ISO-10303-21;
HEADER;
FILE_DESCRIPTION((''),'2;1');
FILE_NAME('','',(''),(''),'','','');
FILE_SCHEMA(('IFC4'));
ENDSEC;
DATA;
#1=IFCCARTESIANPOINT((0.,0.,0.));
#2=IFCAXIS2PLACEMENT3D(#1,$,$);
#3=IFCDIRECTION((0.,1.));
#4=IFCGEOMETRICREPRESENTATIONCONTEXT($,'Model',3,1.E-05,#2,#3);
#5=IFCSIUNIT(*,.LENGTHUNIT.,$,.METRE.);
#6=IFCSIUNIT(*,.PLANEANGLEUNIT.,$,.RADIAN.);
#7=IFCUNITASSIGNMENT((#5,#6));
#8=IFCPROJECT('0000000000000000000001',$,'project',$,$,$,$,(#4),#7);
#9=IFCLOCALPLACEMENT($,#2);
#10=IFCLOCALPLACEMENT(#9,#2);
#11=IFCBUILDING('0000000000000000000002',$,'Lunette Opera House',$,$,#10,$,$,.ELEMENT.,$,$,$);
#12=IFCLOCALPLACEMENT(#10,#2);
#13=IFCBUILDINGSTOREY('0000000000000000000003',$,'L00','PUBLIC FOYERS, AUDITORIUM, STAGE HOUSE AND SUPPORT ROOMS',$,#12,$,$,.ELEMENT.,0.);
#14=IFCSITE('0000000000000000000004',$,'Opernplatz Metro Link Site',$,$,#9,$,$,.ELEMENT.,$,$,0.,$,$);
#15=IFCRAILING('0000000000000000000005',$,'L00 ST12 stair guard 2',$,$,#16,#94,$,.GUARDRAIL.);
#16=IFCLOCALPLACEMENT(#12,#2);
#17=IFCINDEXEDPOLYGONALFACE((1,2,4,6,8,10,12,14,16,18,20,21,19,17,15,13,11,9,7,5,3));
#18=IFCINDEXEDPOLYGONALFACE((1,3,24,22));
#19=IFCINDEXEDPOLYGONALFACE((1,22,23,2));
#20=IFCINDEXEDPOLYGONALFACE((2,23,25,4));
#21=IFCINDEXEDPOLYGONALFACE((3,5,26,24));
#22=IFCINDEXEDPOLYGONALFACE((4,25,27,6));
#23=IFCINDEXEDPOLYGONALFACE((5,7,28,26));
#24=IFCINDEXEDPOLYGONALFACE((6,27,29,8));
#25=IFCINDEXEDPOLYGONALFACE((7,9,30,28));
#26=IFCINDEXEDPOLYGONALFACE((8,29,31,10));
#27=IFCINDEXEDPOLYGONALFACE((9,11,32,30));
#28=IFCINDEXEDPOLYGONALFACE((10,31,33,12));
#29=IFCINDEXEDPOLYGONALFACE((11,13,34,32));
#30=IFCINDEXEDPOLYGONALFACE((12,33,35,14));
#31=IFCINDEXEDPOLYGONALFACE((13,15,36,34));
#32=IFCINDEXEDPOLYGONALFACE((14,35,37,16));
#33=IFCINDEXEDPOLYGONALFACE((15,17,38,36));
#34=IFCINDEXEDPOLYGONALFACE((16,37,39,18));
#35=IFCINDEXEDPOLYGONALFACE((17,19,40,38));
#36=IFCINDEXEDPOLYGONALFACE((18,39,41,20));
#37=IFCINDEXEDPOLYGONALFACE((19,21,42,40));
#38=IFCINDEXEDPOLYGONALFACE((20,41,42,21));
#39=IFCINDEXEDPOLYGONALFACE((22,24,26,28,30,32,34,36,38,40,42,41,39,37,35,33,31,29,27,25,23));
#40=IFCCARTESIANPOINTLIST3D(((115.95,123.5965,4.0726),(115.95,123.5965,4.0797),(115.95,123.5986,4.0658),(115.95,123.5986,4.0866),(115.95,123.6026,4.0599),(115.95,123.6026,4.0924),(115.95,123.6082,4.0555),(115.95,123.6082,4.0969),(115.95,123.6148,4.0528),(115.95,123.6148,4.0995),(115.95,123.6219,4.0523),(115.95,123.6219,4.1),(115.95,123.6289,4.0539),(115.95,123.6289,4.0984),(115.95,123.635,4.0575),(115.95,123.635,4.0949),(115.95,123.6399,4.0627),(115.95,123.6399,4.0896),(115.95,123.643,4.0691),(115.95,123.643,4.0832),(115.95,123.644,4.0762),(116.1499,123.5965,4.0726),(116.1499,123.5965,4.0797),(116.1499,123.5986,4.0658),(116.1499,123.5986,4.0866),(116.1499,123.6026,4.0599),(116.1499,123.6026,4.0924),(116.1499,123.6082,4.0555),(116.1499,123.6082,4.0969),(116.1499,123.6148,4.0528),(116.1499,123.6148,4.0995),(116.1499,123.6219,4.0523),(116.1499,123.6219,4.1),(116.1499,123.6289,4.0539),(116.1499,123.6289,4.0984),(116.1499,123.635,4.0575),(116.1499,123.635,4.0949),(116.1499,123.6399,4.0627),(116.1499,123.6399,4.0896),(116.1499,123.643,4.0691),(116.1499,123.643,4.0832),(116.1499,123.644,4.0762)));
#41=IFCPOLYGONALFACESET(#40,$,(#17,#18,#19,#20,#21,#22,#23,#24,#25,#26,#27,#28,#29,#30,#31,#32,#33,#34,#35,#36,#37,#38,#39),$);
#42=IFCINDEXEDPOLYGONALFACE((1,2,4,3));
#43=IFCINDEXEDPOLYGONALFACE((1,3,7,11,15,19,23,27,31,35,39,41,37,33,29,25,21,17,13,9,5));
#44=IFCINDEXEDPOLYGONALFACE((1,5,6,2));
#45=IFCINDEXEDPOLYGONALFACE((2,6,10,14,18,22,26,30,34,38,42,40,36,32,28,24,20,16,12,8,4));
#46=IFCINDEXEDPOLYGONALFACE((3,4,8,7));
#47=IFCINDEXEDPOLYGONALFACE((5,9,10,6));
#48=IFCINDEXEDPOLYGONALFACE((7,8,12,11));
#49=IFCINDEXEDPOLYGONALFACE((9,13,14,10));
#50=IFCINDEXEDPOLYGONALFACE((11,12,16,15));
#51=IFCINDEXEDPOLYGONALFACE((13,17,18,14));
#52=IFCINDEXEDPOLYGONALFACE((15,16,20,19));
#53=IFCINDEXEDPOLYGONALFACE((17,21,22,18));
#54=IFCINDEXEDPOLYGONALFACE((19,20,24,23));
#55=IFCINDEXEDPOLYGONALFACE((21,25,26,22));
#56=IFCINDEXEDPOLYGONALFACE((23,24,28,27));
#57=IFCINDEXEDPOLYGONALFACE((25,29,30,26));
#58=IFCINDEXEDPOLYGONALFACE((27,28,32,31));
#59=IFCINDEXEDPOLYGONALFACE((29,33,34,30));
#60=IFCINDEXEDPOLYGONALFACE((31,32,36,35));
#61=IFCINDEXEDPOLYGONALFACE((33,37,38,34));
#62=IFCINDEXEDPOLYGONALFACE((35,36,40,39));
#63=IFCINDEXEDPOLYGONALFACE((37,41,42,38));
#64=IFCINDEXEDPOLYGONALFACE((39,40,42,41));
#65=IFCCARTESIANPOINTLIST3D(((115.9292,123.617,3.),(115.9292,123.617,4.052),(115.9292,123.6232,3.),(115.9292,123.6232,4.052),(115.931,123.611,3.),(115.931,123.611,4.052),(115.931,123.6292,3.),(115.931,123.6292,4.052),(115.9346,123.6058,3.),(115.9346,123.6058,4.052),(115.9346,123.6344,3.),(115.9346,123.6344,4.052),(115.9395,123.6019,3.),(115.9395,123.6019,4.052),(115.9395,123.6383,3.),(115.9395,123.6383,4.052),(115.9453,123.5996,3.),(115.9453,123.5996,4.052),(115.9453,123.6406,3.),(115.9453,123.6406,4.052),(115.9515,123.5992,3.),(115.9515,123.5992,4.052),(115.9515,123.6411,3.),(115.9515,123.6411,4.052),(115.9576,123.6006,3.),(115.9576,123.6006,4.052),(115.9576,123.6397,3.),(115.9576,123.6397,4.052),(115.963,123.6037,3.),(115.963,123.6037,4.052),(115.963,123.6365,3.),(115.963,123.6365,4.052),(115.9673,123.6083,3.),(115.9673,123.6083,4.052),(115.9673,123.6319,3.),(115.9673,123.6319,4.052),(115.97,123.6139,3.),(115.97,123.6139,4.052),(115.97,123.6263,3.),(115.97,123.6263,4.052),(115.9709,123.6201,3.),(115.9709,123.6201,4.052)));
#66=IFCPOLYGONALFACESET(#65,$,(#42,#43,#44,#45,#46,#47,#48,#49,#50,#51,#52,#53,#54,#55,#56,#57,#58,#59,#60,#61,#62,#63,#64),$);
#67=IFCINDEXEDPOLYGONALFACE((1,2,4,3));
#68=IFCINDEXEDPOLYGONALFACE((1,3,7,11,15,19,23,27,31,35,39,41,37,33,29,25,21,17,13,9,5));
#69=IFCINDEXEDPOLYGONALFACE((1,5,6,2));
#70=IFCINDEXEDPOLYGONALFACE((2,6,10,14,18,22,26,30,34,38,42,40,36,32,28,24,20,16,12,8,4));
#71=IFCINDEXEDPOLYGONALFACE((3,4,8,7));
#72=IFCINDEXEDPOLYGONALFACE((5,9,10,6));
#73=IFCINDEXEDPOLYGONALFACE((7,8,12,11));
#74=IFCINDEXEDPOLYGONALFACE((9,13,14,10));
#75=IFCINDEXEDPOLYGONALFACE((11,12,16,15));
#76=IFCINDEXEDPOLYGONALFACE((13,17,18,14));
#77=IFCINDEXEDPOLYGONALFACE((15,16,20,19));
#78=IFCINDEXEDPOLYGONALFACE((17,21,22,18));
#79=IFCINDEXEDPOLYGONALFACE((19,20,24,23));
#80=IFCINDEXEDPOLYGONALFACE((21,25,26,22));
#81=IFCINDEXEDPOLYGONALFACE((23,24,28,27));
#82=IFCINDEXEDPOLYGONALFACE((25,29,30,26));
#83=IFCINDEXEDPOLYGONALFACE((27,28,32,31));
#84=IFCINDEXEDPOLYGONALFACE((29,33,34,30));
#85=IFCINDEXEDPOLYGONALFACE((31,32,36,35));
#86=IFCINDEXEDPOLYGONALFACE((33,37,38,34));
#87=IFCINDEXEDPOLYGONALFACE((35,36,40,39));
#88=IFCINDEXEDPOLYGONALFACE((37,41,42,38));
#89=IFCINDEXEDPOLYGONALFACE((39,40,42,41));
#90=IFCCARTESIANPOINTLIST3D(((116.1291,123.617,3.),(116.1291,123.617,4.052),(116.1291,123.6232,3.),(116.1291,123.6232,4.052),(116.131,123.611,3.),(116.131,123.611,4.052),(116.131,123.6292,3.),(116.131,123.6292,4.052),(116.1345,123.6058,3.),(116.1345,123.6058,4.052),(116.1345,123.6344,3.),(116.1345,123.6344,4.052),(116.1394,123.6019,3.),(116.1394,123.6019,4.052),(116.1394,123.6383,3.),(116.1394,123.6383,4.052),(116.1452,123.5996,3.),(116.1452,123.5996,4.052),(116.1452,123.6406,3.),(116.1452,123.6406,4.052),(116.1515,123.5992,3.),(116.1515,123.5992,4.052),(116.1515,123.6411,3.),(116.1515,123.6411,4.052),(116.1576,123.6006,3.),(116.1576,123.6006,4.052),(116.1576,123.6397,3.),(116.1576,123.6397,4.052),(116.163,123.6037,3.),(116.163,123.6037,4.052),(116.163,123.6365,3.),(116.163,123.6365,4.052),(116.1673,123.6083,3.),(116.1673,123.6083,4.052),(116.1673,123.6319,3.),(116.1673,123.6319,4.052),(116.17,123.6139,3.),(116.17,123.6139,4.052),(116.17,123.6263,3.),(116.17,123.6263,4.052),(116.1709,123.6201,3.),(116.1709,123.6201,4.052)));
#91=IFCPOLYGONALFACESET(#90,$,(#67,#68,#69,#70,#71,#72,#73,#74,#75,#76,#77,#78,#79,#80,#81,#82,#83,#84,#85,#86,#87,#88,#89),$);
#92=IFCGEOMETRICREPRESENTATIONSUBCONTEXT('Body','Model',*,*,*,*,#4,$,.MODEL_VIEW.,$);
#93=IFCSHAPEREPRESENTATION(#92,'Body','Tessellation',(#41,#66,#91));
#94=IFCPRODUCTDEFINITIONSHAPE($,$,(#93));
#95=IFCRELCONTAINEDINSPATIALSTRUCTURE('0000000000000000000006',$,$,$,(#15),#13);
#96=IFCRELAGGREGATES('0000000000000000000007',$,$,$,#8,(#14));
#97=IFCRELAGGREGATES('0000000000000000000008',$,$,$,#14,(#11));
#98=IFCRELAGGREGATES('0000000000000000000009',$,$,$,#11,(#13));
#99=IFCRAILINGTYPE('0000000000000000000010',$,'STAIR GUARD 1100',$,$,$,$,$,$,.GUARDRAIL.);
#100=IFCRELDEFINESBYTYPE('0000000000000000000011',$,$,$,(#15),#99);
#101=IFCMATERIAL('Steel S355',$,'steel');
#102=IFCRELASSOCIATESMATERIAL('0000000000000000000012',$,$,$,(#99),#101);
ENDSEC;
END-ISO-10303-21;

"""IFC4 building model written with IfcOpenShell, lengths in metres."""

from ifc_helpers import new_model, si_unit, direction, frame, origin, origin_2d, place, context, subcontext, project, spatial, circle, extrude, material, type_object, element, save


model = new_model("IFC4")

# Units and contexts
model_context = context("Model", 3, precision=1e-05, world=origin(), true_north=direction((0.0, 1.0)))
body_context = subcontext(model_context, "Body", "Model", "MODEL_VIEW")
ifc_project = project(units=[si_unit("LENGTHUNIT", "METRE"), si_unit("PLANEANGLEUNIT", "RADIAN")], contexts=[model_context])

# Site, building, storey
site_placement = place(None, origin())
site = spatial("IfcSite", under=ifc_project, at=site_placement, Name="Opernplatz Metro Link Site", CompositionType="ELEMENT", RefElevation=0.0)
building_placement = place(site_placement, origin())
building = spatial("IfcBuilding", under=site, at=building_placement, Name="Lunette Opera House", CompositionType="ELEMENT")
storey_placement = place(building_placement, origin())
storey = spatial("IfcBuildingStorey", under=building, at=storey_placement, Name="L00", Description="PUBLIC FOYERS, AUDITORIUM, STAGE HOUSE AND SUPPORT ROOMS", CompositionType="ELEMENT", Elevation=0.0)

# Railing
ifc_material_1 = material(Name="Steel S355", Category="steel")
railing_type_1 = type_object("IfcRailingType", Name="STAIR GUARD 1100", PredefinedType="GUARDRAIL", material=ifc_material_1)
railing_1_placement = place(storey_placement, frame((115.95, 123.6201, 3.0)))
element("IfcRailing", 1, at=railing_1_placement, inside=storey, type_object=railing_type_1, Name="L00 ST12 stair guard 2", PredefinedType="GUARDRAIL", context=body_context, shape_type="SweptSolid", body=[
    extrude(circle(Radius=0.0239, at=origin_2d()), frame((0.0, 0.0, 1.0762), z_axis=(1.0, 0.0, 0.0), x_axis=(0.0, 1.0, 0.0)), (0.0, 0.0, 1.0), 0.2),
    extrude(circle(Radius=0.021, at=origin_2d()), origin(), (0.0, 0.0, 1.0), 1.052),
    extrude(circle(Radius=0.021, at=origin_2d()), frame((0.2, 0.0, 0.0)), (0.0, 0.0, 1.0), 1.052),
])

save(model, "model.ifc")
